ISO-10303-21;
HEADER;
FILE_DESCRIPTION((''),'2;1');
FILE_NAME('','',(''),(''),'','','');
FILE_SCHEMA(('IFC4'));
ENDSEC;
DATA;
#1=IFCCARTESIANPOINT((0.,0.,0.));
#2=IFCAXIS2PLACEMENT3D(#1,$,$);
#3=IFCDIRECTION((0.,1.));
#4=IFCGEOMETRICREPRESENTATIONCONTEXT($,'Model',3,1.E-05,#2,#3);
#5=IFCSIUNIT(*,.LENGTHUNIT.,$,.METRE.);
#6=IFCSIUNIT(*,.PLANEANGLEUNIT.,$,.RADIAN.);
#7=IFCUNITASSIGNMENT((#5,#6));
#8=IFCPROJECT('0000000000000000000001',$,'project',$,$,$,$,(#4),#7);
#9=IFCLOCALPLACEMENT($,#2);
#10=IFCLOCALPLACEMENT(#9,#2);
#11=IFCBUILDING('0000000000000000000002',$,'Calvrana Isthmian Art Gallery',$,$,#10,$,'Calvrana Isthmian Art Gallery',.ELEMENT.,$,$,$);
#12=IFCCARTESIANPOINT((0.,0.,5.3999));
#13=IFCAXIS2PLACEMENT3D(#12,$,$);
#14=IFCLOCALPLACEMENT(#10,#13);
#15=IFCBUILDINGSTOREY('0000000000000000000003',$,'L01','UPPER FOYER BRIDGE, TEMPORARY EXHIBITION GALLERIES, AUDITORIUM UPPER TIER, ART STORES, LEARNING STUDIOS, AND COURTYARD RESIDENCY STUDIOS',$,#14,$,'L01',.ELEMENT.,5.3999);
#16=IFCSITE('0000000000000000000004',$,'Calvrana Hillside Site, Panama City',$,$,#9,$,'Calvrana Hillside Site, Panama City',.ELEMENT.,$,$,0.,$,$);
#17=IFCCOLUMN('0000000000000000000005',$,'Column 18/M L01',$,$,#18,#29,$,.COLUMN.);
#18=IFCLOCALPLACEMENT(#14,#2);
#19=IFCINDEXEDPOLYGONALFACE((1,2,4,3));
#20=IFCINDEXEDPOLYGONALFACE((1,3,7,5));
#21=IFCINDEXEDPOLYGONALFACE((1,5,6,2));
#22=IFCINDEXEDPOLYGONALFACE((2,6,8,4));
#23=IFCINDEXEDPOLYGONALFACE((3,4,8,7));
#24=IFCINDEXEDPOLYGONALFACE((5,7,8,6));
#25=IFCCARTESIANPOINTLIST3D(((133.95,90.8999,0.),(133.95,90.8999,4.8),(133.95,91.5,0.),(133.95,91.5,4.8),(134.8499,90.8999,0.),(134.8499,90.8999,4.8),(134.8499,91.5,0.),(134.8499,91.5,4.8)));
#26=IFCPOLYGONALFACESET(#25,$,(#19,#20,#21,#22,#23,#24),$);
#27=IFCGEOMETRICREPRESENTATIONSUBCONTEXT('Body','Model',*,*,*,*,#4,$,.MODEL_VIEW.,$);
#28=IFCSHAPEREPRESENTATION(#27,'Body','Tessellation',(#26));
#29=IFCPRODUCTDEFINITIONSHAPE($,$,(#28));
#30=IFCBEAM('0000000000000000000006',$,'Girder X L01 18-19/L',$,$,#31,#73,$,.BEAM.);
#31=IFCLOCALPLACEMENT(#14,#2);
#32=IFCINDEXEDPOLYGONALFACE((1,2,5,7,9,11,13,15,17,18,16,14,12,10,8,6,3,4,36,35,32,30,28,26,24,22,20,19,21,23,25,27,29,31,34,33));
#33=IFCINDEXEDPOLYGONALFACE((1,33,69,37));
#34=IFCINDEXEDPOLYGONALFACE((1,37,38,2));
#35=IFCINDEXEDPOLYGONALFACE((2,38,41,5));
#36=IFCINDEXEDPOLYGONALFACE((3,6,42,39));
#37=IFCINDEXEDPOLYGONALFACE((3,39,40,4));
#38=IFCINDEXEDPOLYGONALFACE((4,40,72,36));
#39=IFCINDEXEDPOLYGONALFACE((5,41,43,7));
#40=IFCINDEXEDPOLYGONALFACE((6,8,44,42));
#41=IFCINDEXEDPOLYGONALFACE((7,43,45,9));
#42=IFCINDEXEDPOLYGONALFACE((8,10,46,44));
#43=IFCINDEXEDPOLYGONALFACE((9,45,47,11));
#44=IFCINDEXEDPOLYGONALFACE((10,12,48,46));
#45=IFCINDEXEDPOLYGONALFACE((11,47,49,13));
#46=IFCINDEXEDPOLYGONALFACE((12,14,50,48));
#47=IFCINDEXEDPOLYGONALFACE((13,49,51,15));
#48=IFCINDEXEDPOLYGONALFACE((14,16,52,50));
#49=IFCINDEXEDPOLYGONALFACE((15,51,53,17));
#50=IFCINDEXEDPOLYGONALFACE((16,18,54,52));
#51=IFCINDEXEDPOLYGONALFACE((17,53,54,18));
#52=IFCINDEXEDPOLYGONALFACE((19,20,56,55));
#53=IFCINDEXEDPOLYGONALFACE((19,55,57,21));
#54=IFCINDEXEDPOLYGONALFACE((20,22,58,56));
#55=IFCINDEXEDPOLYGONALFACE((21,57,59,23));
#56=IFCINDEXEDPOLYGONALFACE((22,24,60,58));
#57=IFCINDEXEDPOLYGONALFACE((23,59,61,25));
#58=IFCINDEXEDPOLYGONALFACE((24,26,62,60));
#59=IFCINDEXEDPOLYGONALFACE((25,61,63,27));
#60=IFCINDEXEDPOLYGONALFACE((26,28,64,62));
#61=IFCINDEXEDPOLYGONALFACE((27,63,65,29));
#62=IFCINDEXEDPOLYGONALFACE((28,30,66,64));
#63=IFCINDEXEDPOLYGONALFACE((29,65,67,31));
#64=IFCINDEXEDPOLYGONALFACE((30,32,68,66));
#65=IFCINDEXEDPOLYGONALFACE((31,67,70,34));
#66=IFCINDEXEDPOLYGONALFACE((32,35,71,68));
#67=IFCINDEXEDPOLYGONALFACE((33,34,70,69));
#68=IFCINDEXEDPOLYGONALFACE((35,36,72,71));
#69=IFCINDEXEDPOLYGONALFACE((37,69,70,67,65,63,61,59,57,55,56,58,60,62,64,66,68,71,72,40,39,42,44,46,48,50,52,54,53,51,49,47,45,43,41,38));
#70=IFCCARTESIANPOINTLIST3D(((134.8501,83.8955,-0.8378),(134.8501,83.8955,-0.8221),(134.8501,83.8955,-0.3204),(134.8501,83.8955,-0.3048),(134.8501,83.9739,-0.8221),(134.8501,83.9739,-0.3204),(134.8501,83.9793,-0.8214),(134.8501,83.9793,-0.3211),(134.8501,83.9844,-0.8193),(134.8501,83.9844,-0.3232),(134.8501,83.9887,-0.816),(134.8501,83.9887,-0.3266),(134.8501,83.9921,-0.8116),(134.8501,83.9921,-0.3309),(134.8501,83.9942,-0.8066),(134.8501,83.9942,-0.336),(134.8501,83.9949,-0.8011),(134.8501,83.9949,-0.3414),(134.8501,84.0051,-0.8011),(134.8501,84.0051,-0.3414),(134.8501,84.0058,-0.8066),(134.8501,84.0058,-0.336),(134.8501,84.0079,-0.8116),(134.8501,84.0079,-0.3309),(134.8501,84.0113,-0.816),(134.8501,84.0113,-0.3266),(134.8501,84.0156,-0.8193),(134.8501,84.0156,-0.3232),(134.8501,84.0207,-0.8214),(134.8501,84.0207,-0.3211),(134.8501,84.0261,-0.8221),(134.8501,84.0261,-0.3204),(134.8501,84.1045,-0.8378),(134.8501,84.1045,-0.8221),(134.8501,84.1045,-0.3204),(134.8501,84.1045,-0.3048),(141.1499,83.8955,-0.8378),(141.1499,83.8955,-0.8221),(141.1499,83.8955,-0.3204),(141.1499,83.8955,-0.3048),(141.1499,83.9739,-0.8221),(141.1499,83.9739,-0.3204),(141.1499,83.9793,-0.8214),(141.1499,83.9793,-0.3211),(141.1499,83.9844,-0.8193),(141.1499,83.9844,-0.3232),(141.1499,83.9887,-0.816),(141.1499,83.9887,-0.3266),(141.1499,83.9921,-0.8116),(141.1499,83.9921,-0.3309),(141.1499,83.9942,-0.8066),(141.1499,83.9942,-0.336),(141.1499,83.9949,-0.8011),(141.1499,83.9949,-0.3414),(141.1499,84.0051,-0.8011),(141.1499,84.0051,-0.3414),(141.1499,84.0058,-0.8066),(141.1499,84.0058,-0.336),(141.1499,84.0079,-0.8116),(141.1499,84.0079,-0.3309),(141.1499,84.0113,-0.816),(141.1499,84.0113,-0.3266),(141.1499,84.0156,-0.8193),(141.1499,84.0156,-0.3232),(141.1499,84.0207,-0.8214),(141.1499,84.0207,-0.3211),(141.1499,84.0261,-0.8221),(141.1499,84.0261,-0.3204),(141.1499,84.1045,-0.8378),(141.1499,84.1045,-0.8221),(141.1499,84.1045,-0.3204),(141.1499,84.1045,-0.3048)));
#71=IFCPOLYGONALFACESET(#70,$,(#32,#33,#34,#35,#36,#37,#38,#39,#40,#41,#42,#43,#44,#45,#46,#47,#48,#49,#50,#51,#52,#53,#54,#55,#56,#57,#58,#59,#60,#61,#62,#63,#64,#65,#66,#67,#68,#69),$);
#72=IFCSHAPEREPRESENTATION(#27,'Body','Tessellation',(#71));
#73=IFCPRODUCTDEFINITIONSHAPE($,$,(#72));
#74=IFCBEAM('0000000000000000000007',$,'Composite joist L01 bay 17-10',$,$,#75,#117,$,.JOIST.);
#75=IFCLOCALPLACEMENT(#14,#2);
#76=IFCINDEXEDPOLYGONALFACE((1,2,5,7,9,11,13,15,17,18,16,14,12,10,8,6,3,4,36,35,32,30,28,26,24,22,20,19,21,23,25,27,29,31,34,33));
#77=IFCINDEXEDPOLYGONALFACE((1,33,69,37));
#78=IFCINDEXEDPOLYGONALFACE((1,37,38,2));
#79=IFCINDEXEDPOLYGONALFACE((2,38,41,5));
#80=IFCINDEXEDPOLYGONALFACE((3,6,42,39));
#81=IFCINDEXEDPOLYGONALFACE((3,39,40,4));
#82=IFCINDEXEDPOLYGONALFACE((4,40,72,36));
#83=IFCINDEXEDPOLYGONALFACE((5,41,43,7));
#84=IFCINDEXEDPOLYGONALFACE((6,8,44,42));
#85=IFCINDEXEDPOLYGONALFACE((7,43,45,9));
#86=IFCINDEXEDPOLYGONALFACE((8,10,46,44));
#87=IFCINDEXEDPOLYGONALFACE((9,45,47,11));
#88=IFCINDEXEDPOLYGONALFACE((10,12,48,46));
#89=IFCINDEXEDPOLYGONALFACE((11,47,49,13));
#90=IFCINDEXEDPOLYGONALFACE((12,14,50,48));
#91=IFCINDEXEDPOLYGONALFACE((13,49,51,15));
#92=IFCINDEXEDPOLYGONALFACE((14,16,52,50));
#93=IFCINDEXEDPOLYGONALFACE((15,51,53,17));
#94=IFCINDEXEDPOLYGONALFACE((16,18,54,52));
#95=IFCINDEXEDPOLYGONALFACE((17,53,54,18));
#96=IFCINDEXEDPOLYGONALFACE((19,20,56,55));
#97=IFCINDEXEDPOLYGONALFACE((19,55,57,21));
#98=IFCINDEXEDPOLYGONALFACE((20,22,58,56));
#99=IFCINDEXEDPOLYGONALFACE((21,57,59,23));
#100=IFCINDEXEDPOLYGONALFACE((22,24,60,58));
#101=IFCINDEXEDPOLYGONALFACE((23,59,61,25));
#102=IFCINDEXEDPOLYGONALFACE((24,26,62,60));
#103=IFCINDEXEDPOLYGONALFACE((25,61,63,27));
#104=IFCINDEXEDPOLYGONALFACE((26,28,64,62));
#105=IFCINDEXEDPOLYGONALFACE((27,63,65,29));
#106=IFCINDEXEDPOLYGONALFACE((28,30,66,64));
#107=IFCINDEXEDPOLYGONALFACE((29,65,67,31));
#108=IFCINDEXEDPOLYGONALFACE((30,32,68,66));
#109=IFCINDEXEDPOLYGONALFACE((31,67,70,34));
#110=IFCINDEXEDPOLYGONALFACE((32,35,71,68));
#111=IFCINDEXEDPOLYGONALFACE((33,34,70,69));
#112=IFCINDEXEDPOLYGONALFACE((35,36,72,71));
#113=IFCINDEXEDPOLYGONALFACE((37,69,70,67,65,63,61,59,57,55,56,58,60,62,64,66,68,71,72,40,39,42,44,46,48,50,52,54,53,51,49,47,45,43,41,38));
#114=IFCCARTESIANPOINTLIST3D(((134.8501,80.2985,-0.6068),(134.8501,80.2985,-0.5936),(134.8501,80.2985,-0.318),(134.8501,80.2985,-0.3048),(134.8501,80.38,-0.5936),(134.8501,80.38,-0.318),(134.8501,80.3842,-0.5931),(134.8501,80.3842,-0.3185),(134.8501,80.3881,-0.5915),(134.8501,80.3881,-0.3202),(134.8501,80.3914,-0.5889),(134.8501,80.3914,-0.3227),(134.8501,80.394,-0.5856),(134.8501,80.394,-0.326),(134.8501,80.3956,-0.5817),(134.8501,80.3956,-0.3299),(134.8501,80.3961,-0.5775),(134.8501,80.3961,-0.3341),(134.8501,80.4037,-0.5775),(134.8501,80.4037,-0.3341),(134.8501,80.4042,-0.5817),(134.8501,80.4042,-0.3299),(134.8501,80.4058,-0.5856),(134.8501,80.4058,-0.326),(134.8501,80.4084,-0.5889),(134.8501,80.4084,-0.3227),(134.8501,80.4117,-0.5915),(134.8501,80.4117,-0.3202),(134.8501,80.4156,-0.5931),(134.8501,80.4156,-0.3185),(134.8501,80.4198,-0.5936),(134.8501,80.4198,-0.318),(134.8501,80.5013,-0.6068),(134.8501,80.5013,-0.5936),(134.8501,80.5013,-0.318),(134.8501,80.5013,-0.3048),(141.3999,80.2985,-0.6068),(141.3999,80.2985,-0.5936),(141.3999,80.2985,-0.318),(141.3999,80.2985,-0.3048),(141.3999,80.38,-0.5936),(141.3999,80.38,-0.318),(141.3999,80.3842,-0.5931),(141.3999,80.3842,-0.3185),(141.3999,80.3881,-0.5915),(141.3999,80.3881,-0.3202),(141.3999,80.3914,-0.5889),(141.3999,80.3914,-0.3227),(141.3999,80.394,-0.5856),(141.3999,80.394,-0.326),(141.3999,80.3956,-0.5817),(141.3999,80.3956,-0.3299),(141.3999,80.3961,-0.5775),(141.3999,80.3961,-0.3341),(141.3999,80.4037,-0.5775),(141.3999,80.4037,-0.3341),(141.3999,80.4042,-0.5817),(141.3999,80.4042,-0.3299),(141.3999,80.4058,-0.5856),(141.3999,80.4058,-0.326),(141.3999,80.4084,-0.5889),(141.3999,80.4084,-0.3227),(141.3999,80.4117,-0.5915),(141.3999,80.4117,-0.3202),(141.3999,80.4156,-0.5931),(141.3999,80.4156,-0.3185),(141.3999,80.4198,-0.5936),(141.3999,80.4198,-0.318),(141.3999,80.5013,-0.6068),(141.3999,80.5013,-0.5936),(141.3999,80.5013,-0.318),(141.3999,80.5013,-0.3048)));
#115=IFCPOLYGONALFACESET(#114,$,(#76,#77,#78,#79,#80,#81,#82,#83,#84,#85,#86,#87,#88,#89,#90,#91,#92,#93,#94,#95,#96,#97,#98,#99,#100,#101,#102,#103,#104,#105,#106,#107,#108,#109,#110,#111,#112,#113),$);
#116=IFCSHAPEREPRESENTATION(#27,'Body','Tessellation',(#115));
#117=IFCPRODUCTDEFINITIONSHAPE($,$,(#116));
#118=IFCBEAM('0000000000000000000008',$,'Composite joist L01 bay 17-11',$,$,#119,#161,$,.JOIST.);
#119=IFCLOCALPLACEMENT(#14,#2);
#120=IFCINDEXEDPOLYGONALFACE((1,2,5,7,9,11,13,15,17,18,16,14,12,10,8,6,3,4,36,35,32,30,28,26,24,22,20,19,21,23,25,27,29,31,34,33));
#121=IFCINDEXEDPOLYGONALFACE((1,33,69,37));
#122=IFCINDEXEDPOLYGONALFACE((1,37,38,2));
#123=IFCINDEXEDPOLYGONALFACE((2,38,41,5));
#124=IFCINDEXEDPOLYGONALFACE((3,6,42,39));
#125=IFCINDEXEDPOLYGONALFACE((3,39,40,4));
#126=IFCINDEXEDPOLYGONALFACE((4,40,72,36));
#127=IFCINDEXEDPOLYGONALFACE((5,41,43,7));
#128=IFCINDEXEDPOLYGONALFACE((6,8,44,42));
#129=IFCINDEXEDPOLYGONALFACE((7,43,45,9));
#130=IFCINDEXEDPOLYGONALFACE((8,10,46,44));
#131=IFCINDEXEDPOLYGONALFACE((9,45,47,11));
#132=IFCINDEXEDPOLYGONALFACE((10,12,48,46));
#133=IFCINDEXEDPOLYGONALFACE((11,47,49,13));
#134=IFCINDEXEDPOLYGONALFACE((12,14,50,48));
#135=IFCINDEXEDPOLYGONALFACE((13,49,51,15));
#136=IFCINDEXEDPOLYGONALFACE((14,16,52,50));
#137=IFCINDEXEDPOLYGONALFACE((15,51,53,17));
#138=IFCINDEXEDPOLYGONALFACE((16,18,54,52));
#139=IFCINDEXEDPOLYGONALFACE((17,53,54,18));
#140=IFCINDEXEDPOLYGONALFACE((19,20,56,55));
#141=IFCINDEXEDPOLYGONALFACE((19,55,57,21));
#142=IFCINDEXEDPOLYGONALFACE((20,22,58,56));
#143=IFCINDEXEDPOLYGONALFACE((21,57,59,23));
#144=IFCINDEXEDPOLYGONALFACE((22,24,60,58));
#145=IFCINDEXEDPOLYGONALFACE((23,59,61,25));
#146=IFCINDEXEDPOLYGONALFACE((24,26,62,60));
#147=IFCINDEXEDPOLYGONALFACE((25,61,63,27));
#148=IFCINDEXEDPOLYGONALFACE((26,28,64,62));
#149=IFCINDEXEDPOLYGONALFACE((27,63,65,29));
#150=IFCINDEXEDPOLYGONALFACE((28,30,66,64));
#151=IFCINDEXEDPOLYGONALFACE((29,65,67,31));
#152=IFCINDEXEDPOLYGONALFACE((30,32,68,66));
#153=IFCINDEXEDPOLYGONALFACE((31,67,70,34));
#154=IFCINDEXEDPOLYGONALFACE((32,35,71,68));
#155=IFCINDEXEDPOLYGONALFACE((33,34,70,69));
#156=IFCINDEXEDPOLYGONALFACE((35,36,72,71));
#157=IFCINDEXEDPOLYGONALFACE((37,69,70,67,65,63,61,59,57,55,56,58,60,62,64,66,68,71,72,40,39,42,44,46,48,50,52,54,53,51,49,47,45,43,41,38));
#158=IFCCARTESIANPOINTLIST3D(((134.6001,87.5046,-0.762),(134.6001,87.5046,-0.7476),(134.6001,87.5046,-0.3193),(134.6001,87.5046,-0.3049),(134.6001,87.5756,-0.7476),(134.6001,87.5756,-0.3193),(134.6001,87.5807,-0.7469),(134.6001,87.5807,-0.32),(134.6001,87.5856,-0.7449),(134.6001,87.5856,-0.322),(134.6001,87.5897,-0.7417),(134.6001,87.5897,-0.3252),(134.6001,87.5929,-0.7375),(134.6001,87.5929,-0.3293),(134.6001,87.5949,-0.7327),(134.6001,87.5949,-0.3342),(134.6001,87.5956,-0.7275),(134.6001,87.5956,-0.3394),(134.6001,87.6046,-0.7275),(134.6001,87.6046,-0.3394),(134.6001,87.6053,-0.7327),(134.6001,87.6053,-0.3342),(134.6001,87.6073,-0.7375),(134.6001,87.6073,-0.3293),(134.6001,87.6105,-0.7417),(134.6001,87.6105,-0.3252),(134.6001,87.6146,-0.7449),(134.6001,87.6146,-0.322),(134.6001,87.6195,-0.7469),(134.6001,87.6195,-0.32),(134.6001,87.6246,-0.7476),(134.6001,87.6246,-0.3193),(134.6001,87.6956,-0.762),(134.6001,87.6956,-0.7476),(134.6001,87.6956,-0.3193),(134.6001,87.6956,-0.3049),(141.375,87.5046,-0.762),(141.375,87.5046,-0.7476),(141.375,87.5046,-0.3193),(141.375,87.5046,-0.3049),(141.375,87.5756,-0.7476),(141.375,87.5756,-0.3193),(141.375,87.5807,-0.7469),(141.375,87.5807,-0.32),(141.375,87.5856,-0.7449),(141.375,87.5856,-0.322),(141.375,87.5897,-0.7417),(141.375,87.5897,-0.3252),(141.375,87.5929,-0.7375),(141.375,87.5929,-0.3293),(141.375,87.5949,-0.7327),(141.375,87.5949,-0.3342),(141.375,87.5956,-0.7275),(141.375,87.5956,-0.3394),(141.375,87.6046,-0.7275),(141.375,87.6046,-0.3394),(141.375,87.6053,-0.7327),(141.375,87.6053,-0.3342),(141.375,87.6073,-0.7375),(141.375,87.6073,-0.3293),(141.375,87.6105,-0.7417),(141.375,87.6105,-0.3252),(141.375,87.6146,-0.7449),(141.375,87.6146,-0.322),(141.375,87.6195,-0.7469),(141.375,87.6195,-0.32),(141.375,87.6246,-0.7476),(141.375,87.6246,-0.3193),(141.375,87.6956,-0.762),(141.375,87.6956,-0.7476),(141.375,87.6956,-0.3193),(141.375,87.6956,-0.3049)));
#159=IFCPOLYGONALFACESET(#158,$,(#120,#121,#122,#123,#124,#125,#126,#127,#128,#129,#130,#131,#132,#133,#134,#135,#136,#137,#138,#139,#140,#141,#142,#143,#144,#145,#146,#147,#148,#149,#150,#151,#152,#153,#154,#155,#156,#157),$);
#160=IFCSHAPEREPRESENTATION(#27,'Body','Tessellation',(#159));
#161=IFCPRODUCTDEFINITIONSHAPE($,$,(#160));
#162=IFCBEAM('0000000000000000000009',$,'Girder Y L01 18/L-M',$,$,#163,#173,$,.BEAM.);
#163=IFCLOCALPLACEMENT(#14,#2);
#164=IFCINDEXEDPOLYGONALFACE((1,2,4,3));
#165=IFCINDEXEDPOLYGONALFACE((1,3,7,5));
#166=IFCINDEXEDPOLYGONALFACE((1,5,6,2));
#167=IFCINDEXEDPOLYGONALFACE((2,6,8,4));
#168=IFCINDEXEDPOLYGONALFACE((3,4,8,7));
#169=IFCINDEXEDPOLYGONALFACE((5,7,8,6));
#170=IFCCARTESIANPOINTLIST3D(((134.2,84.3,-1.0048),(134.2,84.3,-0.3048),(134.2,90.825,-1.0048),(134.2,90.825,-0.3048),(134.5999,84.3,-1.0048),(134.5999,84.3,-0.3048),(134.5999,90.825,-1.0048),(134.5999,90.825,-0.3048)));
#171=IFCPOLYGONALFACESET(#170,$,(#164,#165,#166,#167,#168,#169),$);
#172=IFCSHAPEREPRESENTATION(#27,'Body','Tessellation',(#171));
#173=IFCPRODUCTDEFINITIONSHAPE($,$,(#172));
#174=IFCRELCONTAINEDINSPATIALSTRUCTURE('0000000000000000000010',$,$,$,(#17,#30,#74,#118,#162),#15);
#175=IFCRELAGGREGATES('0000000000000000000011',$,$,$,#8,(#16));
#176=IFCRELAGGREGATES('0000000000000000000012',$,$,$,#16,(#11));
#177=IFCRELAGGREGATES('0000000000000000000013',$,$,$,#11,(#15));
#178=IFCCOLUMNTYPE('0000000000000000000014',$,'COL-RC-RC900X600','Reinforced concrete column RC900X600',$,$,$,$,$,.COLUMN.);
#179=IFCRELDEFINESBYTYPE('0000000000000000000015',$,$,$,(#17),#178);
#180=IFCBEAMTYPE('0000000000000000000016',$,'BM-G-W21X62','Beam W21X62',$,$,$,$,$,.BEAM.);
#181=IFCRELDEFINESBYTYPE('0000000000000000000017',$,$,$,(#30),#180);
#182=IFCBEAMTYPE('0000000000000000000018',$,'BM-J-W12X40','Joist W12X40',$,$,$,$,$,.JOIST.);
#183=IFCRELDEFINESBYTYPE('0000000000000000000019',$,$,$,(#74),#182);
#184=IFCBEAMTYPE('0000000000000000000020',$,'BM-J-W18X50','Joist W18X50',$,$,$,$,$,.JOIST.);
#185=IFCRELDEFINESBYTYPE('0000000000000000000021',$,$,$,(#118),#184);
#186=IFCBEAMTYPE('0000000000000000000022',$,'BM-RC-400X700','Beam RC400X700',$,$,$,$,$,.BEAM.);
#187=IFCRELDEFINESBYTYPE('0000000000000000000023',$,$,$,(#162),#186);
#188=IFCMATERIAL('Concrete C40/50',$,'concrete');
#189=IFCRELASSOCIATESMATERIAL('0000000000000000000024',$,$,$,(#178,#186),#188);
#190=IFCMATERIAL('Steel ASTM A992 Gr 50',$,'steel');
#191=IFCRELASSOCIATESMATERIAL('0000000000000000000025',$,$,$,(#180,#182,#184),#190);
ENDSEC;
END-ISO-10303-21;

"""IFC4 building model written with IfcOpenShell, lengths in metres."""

from ifc_helpers import new_model, si_unit, direction, frame, origin, origin_2d, place, context, subcontext, project, spatial, rectangle, i_section, extrude, material, material_profile, profile_set, type_object, element, save


model = new_model("IFC4")

# Units and contexts
model_context = context("Model", 3, precision=1e-05, world=origin(), true_north=direction((0.0, 1.0)))
body_context = subcontext(model_context, "Body", "Model", "MODEL_VIEW")
ifc_project = project(units=[si_unit("LENGTHUNIT", "METRE"), si_unit("PLANEANGLEUNIT", "RADIAN")], contexts=[model_context])

# Site, building, storey
site_placement = place(None, origin())
site = spatial("IfcSite", under=ifc_project, at=site_placement, Name="Calvrana Hillside Site, Panama City", LongName="Calvrana Hillside Site, Panama City", CompositionType="ELEMENT", RefElevation=0.0)
building_placement = place(site_placement, origin())
building = spatial("IfcBuilding", under=site, at=building_placement, Name="Calvrana Isthmian Art Gallery", LongName="Calvrana Isthmian Art Gallery", CompositionType="ELEMENT")
storey_placement = place(building_placement, frame((0.0, 0.0, 5.3999)))
storey = spatial("IfcBuildingStorey", under=building, at=storey_placement, Name="L01", Description="UPPER FOYER BRIDGE, TEMPORARY EXHIBITION GALLERIES, AUDITORIUM UPPER TIER, ART STORES, LEARNING STUDIOS, AND COURTYARD RESIDENCY STUDIOS", LongName="L01", CompositionType="ELEMENT", Elevation=5.3999)

# Column
ifc_material_1 = material(Name="Concrete C40/50", Category="concrete")
ifc_material_profile_1 = material_profile(ifc_material_1, rectangle(XDim=0.8999, YDim=0.6001, at=origin_2d()), Name="RC900X600")
ifc_profile_set_1 = profile_set([ifc_material_profile_1], Name="Concrete C40/50")
column_type = type_object("IfcColumnType", Name="COL-RC-RC900X600", Description="Reinforced concrete column RC900X600", PredefinedType="COLUMN", material=ifc_profile_set_1)
column_placement = place(storey_placement, frame((134.3999, 91.2, 0.0), z_axis=(0.0, 0.0, 1.0), x_axis=(1.0, 0.0, 0.0)))
element("IfcColumn", 1, at=column_placement, inside=storey, type_object=column_type, Name="Column 18/M L01", PredefinedType="COLUMN", context=body_context, shape_type="SweptSolid", body=[
    extrude(rectangle(XDim=0.8999, YDim=0.6001, at=origin_2d()), origin(), (0.0, 0.0, 1.0), 4.8),
])

# Beams
ifc_material_2 = material(Name="Steel ASTM A992 Gr 50", Category="steel")
ifc_material_profile_2 = material_profile(ifc_material_2, i_section(OverallWidth=0.209, OverallDepth=0.533, WebThickness=0.0103, FlangeThickness=0.0156, FilletRadius=0.021, at=origin_2d()), Name="W21X62")
ifc_profile_set_2 = profile_set([ifc_material_profile_2], Name="Steel ASTM A992 Gr 50")
beam_type_1 = type_object("IfcBeamType", Name="BM-G-W21X62", Description="Beam W21X62", PredefinedType="BEAM", material=ifc_profile_set_2)
beam_1_placement = place(storey_placement, frame((134.8501, 84.0, -0.5713), z_axis=(1.0, 0.0, 0.0), x_axis=(0.0, 1.0, 0.0)))
element("IfcBeam", 2, at=beam_1_placement, inside=storey, type_object=beam_type_1, Name="Girder X L01 18-19/L", PredefinedType="BEAM", context=body_context, shape_type="SweptSolid", body=[
    extrude(i_section(OverallWidth=0.209, OverallDepth=0.533, WebThickness=0.0103, FlangeThickness=0.0156, FilletRadius=0.021, at=origin_2d()), origin(), (0.0, 0.0, 1.0), 6.2998),
])
ifc_material_profile_3 = material_profile(ifc_material_2, i_section(OverallWidth=0.2029, OverallDepth=0.302, WebThickness=0.0076, FlangeThickness=0.0132, FilletRadius=0.0161, at=origin_2d()), Name="W12X40")
ifc_profile_set_3 = profile_set([ifc_material_profile_3], Name="Steel ASTM A992 Gr 50")
beam_type_2 = type_object("IfcBeamType", Name="BM-J-W12X40", Description="Joist W12X40", PredefinedType="JOIST", material=ifc_profile_set_3)
beam_2_placement = place(storey_placement, frame((134.8501, 80.3999, -0.4558), z_axis=(1.0, 0.0, 0.0), x_axis=(0.0, 1.0, 0.0)))
element("IfcBeam", 3, at=beam_2_placement, inside=storey, type_object=beam_type_2, Name="Composite joist L01 bay 17-10", PredefinedType="JOIST", context=body_context, shape_type="SweptSolid", body=[
    extrude(i_section(OverallWidth=0.2029, OverallDepth=0.302, WebThickness=0.0076, FlangeThickness=0.0132, FilletRadius=0.0161, at=origin_2d()), origin(), (0.0, 0.0, 1.0), 6.5498),
])
ifc_material_profile_4 = material_profile(ifc_material_2, i_section(OverallWidth=0.1909, OverallDepth=0.457, WebThickness=0.009, FlangeThickness=0.0144, FilletRadius=0.02, at=origin_2d()), Name="W18X50")
ifc_profile_set_4 = profile_set([ifc_material_profile_4], Name="Steel ASTM A992 Gr 50")
beam_type_3 = type_object("IfcBeamType", Name="BM-J-W18X50", Description="Joist W18X50", PredefinedType="JOIST", material=ifc_profile_set_4)
beam_3_placement = place(storey_placement, frame((134.6001, 87.6001, -0.5334), z_axis=(1.0, 0.0, 0.0), x_axis=(0.0, 1.0, 0.0)))
element("IfcBeam", 4, at=beam_3_placement, inside=storey, type_object=beam_type_3, Name="Composite joist L01 bay 17-11", PredefinedType="JOIST", context=body_context, shape_type="SweptSolid", body=[
    extrude(i_section(OverallWidth=0.1909, OverallDepth=0.457, WebThickness=0.009, FlangeThickness=0.0144, FilletRadius=0.02, at=origin_2d()), origin(), (0.0, 0.0, 1.0), 6.7749),
])
ifc_material_profile_5 = material_profile(ifc_material_1, rectangle(XDim=0.3999, YDim=0.7, at=origin_2d()), Name="RC400X700")
ifc_profile_set_5 = profile_set([ifc_material_profile_5], Name="Concrete C40/50")
beam_type_4 = type_object("IfcBeamType", Name="BM-RC-400X700", Description="Beam RC400X700", PredefinedType="BEAM", material=ifc_profile_set_5)
beam_4_placement = place(storey_placement, frame((134.3999, 84.3, -0.6548), z_axis=(0.0, 1.0, 0.0), x_axis=(-1.0, 0.0, 0.0)))
element("IfcBeam", 5, at=beam_4_placement, inside=storey, type_object=beam_type_4, Name="Girder Y L01 18/L-M", PredefinedType="BEAM", context=body_context, shape_type="SweptSolid", body=[
    extrude(rectangle(XDim=0.3999, YDim=0.7, at=origin_2d()), origin(), (0.0, 0.0, 1.0), 6.5249),
])

save(model, "model.ifc")
